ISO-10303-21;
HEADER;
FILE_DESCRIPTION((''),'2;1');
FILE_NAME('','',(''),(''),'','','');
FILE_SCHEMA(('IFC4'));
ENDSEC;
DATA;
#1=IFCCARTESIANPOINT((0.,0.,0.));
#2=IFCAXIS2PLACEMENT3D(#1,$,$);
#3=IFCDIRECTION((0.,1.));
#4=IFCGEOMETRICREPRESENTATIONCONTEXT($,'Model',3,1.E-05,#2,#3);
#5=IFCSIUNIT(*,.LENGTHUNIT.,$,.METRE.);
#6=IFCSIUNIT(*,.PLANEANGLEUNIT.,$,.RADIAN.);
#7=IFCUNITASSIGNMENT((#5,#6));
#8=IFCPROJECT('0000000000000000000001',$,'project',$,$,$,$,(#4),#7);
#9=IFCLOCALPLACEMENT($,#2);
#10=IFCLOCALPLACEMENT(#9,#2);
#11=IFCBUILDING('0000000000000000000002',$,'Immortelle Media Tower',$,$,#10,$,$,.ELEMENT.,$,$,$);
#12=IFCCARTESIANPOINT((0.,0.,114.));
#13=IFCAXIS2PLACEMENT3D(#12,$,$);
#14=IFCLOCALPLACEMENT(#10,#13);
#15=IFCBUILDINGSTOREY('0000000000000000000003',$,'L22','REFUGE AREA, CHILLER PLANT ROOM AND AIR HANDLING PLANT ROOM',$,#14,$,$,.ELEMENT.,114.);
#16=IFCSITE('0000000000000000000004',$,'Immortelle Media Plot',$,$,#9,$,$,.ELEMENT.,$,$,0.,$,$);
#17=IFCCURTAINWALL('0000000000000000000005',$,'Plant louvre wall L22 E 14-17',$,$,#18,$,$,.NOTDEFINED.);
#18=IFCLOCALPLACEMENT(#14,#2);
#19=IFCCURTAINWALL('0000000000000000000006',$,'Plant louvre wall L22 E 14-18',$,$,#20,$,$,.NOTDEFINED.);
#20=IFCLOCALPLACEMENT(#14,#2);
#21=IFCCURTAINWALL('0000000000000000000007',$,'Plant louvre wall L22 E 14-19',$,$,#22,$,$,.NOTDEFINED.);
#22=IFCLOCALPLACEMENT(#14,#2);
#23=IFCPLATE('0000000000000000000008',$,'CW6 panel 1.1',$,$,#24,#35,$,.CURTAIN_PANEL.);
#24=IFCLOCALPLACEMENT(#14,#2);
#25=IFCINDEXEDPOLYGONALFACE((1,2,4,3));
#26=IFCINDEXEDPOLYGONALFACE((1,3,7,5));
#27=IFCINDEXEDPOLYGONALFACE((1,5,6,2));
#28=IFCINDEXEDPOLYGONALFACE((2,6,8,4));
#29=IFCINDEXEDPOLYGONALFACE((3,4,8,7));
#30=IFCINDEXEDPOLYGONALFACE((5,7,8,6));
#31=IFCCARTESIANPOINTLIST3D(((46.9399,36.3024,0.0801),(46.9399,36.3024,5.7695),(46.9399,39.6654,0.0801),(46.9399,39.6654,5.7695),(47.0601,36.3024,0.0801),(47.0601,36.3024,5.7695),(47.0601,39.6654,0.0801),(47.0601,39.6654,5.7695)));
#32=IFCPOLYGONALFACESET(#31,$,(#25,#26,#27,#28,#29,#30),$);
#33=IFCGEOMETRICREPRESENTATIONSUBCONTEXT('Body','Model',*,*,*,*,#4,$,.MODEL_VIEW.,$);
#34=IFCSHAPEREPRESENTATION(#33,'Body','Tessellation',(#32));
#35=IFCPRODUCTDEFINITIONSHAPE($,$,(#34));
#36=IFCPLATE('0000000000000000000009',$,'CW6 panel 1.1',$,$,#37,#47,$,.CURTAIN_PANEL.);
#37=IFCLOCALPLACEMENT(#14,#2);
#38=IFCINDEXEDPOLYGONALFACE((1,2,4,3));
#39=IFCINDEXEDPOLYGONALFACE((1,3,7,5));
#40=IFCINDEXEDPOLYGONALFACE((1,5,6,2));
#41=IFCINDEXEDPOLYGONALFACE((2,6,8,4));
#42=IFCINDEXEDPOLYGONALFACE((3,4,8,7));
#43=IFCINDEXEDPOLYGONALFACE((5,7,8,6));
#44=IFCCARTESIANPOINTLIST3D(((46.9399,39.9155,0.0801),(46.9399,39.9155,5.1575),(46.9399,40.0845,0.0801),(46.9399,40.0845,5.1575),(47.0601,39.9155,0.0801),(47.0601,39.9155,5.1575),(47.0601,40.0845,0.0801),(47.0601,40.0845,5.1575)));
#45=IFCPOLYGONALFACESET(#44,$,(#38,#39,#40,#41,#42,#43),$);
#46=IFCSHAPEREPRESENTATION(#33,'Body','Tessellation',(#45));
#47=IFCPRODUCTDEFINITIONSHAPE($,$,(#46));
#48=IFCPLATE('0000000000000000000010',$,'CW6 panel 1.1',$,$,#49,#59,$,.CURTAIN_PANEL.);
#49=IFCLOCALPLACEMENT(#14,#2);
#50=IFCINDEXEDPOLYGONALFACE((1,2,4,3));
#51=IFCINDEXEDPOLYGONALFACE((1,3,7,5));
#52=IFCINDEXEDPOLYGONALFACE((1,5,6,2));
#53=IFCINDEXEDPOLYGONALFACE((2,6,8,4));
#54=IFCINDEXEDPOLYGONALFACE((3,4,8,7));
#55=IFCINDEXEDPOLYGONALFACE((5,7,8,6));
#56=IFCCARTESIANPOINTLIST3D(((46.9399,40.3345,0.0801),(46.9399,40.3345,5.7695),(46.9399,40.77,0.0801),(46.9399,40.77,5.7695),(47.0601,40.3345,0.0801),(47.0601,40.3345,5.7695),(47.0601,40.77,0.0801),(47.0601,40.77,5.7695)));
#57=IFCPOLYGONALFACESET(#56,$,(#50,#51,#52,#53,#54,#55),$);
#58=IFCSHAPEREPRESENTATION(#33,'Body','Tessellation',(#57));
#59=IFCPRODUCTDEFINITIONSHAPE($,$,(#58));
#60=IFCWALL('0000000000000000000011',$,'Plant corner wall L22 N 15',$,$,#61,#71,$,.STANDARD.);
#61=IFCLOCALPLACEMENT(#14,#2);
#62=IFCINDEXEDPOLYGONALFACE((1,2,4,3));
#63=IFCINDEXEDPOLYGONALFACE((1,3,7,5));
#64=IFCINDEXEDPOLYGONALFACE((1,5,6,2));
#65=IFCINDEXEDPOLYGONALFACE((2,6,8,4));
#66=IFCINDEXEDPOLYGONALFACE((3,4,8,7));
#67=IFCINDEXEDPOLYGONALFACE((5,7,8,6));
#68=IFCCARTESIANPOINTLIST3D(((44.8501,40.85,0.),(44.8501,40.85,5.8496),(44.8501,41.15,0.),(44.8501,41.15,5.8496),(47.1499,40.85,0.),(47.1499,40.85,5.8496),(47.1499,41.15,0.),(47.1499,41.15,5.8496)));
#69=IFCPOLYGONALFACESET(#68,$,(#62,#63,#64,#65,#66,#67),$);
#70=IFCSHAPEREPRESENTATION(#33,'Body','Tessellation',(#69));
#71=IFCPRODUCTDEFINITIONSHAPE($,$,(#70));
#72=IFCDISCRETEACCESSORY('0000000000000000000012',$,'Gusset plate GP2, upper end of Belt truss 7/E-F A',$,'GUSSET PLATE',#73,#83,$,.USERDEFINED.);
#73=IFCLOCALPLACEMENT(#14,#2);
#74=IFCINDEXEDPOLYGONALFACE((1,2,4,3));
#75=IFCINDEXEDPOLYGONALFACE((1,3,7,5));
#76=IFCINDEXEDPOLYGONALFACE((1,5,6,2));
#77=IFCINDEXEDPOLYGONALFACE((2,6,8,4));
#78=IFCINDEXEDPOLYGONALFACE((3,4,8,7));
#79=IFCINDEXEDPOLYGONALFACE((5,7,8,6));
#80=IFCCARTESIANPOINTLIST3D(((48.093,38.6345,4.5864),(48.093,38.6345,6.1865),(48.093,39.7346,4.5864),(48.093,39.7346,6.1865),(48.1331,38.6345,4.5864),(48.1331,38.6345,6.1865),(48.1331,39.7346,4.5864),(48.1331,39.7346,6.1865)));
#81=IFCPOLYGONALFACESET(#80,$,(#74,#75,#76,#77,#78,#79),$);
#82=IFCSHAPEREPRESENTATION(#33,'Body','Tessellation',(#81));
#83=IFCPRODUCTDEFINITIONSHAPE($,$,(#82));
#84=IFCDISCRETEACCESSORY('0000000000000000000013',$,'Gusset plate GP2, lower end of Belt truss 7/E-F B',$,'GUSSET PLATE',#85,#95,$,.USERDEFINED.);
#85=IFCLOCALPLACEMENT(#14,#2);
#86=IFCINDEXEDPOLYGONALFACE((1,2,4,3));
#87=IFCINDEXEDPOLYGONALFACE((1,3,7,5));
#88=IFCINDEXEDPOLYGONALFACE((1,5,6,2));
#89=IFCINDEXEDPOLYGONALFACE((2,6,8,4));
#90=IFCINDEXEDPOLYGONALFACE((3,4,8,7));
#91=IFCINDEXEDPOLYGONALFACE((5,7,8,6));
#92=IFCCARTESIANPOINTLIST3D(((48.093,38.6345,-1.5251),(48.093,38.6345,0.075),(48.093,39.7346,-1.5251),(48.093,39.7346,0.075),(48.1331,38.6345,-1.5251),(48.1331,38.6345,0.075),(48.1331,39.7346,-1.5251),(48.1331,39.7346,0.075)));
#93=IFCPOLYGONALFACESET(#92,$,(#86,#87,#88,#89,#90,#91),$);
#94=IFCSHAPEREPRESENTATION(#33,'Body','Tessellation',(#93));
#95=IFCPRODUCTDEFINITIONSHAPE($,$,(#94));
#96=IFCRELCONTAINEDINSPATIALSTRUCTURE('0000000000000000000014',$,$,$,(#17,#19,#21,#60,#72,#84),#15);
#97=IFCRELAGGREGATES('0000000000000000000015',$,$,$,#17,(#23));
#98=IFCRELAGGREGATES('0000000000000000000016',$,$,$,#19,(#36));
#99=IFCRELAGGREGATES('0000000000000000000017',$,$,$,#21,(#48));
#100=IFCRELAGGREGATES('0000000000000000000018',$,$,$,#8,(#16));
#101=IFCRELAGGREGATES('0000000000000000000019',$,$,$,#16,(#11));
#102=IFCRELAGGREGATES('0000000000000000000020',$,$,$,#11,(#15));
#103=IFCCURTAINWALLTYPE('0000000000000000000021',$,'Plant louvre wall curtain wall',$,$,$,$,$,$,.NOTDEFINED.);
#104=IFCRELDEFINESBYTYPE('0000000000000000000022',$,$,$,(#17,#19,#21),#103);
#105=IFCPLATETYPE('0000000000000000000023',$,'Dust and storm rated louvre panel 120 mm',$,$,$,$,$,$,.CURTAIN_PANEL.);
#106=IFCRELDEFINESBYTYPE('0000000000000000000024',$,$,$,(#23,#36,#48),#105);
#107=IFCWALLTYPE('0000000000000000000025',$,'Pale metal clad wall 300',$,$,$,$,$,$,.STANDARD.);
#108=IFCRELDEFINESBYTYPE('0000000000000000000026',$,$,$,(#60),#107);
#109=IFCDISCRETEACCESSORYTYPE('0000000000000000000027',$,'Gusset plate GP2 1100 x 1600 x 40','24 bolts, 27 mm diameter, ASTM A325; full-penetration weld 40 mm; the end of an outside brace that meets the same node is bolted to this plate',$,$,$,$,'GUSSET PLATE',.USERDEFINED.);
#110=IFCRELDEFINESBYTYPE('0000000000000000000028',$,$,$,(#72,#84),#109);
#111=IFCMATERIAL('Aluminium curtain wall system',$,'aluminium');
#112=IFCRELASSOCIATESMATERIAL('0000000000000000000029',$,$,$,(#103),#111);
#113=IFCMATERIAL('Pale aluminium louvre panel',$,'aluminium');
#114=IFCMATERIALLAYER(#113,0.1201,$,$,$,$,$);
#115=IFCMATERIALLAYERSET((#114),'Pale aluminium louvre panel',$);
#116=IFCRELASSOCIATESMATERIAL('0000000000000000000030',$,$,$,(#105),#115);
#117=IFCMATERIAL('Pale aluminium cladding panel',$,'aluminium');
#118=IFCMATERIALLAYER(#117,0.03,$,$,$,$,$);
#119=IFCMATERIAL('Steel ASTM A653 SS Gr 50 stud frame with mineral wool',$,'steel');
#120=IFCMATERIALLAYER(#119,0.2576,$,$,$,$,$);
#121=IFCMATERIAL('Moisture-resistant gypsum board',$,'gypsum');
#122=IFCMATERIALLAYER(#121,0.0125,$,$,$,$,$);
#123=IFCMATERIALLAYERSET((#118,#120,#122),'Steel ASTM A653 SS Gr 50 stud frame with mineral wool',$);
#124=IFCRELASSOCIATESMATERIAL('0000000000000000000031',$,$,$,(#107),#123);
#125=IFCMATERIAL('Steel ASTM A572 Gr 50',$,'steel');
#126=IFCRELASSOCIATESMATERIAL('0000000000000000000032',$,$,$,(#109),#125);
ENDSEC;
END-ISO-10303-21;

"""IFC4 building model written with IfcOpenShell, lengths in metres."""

from ifc_helpers import new_model, si_unit, direction, frame, frame_2d, origin, origin_2d, place, context, subcontext, project, spatial, rectangle, extrude, material, layer, layer_set, material_profile, profile_set, type_object, element, aggregate, save


model = new_model("IFC4")

# Units and contexts
model_context = context("Model", 3, precision=1e-05, world=origin(), true_north=direction((0.0, 1.0)))
body_context = subcontext(model_context, "Body", "Model", "MODEL_VIEW")
ifc_project = project(units=[si_unit("LENGTHUNIT", "METRE"), si_unit("PLANEANGLEUNIT", "RADIAN")], contexts=[model_context])

# Site, building, storey
site_placement = place(None, origin())
site = spatial("IfcSite", under=ifc_project, at=site_placement, Name="Immortelle Media Plot", CompositionType="ELEMENT", RefElevation=0.0)
building_placement = place(site_placement, origin())
building = spatial("IfcBuilding", under=site, at=building_placement, Name="Immortelle Media Tower", CompositionType="ELEMENT")
storey_placement = place(building_placement, frame((0.0, 0.0, 114.0)))
storey = spatial("IfcBuildingStorey", under=building, at=storey_placement, Name="L22", Description="REFUGE AREA, CHILLER PLANT ROOM AND AIR HANDLING PLANT ROOM", CompositionType="ELEMENT", Elevation=114.0)

# Shared definitions
ifc_material_1 = material(Name="Aluminium curtain wall system", Category="aluminium")
curtain_wall_type = type_object("IfcCurtainWallType", Name="Plant louvre wall curtain wall", PredefinedType="NOTDEFINED", material=ifc_material_1)

# Curtain walls
curtain_wall_1_placement = place(storey_placement, origin())
curtain_wall_1 = element("IfcCurtainWall", 1, at=curtain_wall_1_placement, inside=storey, type_object=curtain_wall_type, Name="Plant louvre wall L22 E 14-17", PredefinedType="NOTDEFINED")
curtain_wall_2_placement = place(storey_placement, origin())
curtain_wall_2 = element("IfcCurtainWall", 2, at=curtain_wall_2_placement, inside=storey, type_object=curtain_wall_type, Name="Plant louvre wall L22 E 14-18", PredefinedType="NOTDEFINED")
curtain_wall_3_placement = place(storey_placement, origin())
curtain_wall_3 = element("IfcCurtainWall", 3, at=curtain_wall_3_placement, inside=storey, type_object=curtain_wall_type, Name="Plant louvre wall L22 E 14-19", PredefinedType="NOTDEFINED")

# Plates
ifc_material_2 = material(Name="Pale aluminium louvre panel", Category="aluminium")
ifc_layer_1 = layer(ifc_material_2, 0.1201)
ifc_layer_set_1 = layer_set([ifc_layer_1], Name="Pale aluminium louvre panel")
plate_type = type_object("IfcPlateType", Name="Dust and storm rated louvre panel 120 mm", PredefinedType="CURTAIN_PANEL", material=ifc_layer_set_1)
plate_1_placement = place(storey_placement, frame((47.0, 37.9839, 0.0801), z_axis=(0.0, 0.0, 1.0), x_axis=(0.0, 1.0, 0.0)))
plate_1 = element("IfcPlate", 4, at=plate_1_placement, type_object=plate_type, Name="CW6 panel 1.1", PredefinedType="CURTAIN_PANEL", context=body_context, shape_type="SweptSolid", body=[
    extrude(rectangle(XDim=3.363, YDim=0.1201, at=origin_2d()), origin(), (0.0, 0.0, 1.0), 5.6895),
])
aggregate(curtain_wall_1, [plate_1])
plate_2_placement = place(storey_placement, frame((47.0, 40.0, 0.0801), z_axis=(0.0, 0.0, 1.0), x_axis=(0.0, 1.0, 0.0)))
plate_2 = element("IfcPlate", 5, at=plate_2_placement, type_object=plate_type, Name="CW6 panel 1.1", PredefinedType="CURTAIN_PANEL", context=body_context, shape_type="SweptSolid", body=[
    extrude(rectangle(XDim=0.1689, YDim=0.1201, at=origin_2d()), origin(), (0.0, 0.0, 1.0), 5.0774),
])
aggregate(curtain_wall_2, [plate_2])
plate_3_placement = place(storey_placement, frame((47.0, 40.5522, 0.0801), z_axis=(0.0, 0.0, 1.0), x_axis=(0.0, 1.0, 0.0)))
plate_3 = element("IfcPlate", 6, at=plate_3_placement, type_object=plate_type, Name="CW6 panel 1.1", PredefinedType="CURTAIN_PANEL", context=body_context, shape_type="SweptSolid", body=[
    extrude(rectangle(XDim=0.4355, YDim=0.1201, at=origin_2d()), origin(), (0.0, 0.0, 1.0), 5.6895),
])
aggregate(curtain_wall_3, [plate_3])

# Wall
ifc_material_3 = material(Name="Pale aluminium cladding panel", Category="aluminium")
ifc_layer_2 = layer(ifc_material_3, 0.03)
ifc_material_4 = material(Name="Steel ASTM A653 SS Gr 50 stud frame with mineral wool", Category="steel")
ifc_layer_3 = layer(ifc_material_4, 0.2576)
ifc_material_5 = material(Name="Moisture-resistant gypsum board", Category="gypsum")
ifc_layer_4 = layer(ifc_material_5, 0.0125)
ifc_layer_set_2 = layer_set([ifc_layer_2, ifc_layer_3, ifc_layer_4], Name="Steel ASTM A653 SS Gr 50 stud frame with mineral wool")
wall_type = type_object("IfcWallType", Name="Pale metal clad wall 300", PredefinedType="STANDARD", material=ifc_layer_set_2)
wall_placement = place(storey_placement, frame((47.1499, 41.0, 0.0), z_axis=(0.0, 0.0, 1.0), x_axis=(-1.0, 0.0, 0.0)))
element("IfcWall", 7, at=wall_placement, inside=storey, type_object=wall_type, Name="Plant corner wall L22 N 15", PredefinedType="STANDARD", context=body_context, shape_type="SweptSolid", body=[
    extrude(rectangle(XDim=2.2998, YDim=0.3, at=frame_2d((1.1499, 0.0))), origin(), (0.0, 0.0, 1.0), 5.8496),
])

# Discrete accessories
ifc_material_6 = material(Name="Steel ASTM A572 Gr 50", Category="steel")
ifc_material_profile_1 = material_profile(ifc_material_6, rectangle(XDim=0.04, YDim=1.6001, at=origin_2d()), Name="PL 40 x 1600")
ifc_profile_set_1 = profile_set([ifc_material_profile_1], Name="Steel ASTM A572 Gr 50")
discrete_accessory_type = type_object("IfcDiscreteAccessoryType", Name="Gusset plate GP2 1100 x 1600 x 40", Description="24 bolts, 27 mm diameter, ASTM A325; full-penetration weld 40 mm; the end of an outside brace that meets the same node is bolted to this plate", ElementType="GUSSET PLATE", PredefinedType="USERDEFINED", material=ifc_profile_set_1)
for number, where, z_axis, x_axis, name in (
    (8, (48.113, 39.7346, 5.3865), (0.0, -1.0, 0.0), (1.0, 0.0, 0.0), "Gusset plate GP2, upper end of Belt truss 7/E-F A"),
    (9, (48.113, 39.7346, -0.7251), (0.0, -1.0, 0.0), (1.0, 0.0, 0.0), "Gusset plate GP2, lower end of Belt truss 7/E-F B"),
):
    element("IfcDiscreteAccessory", number, at=place(storey_placement, frame(where, z_axis=z_axis, x_axis=x_axis)), inside=storey, type_object=discrete_accessory_type, Name=name, ObjectType="GUSSET PLATE", PredefinedType="USERDEFINED", context=body_context, shape_type="SweptSolid", body=[
        extrude(rectangle(XDim=0.04, YDim=1.6001, at=origin_2d()), origin(), (0.0, 0.0, 1.0), 1.1001),
    ])

save(model, "model.ifc")
